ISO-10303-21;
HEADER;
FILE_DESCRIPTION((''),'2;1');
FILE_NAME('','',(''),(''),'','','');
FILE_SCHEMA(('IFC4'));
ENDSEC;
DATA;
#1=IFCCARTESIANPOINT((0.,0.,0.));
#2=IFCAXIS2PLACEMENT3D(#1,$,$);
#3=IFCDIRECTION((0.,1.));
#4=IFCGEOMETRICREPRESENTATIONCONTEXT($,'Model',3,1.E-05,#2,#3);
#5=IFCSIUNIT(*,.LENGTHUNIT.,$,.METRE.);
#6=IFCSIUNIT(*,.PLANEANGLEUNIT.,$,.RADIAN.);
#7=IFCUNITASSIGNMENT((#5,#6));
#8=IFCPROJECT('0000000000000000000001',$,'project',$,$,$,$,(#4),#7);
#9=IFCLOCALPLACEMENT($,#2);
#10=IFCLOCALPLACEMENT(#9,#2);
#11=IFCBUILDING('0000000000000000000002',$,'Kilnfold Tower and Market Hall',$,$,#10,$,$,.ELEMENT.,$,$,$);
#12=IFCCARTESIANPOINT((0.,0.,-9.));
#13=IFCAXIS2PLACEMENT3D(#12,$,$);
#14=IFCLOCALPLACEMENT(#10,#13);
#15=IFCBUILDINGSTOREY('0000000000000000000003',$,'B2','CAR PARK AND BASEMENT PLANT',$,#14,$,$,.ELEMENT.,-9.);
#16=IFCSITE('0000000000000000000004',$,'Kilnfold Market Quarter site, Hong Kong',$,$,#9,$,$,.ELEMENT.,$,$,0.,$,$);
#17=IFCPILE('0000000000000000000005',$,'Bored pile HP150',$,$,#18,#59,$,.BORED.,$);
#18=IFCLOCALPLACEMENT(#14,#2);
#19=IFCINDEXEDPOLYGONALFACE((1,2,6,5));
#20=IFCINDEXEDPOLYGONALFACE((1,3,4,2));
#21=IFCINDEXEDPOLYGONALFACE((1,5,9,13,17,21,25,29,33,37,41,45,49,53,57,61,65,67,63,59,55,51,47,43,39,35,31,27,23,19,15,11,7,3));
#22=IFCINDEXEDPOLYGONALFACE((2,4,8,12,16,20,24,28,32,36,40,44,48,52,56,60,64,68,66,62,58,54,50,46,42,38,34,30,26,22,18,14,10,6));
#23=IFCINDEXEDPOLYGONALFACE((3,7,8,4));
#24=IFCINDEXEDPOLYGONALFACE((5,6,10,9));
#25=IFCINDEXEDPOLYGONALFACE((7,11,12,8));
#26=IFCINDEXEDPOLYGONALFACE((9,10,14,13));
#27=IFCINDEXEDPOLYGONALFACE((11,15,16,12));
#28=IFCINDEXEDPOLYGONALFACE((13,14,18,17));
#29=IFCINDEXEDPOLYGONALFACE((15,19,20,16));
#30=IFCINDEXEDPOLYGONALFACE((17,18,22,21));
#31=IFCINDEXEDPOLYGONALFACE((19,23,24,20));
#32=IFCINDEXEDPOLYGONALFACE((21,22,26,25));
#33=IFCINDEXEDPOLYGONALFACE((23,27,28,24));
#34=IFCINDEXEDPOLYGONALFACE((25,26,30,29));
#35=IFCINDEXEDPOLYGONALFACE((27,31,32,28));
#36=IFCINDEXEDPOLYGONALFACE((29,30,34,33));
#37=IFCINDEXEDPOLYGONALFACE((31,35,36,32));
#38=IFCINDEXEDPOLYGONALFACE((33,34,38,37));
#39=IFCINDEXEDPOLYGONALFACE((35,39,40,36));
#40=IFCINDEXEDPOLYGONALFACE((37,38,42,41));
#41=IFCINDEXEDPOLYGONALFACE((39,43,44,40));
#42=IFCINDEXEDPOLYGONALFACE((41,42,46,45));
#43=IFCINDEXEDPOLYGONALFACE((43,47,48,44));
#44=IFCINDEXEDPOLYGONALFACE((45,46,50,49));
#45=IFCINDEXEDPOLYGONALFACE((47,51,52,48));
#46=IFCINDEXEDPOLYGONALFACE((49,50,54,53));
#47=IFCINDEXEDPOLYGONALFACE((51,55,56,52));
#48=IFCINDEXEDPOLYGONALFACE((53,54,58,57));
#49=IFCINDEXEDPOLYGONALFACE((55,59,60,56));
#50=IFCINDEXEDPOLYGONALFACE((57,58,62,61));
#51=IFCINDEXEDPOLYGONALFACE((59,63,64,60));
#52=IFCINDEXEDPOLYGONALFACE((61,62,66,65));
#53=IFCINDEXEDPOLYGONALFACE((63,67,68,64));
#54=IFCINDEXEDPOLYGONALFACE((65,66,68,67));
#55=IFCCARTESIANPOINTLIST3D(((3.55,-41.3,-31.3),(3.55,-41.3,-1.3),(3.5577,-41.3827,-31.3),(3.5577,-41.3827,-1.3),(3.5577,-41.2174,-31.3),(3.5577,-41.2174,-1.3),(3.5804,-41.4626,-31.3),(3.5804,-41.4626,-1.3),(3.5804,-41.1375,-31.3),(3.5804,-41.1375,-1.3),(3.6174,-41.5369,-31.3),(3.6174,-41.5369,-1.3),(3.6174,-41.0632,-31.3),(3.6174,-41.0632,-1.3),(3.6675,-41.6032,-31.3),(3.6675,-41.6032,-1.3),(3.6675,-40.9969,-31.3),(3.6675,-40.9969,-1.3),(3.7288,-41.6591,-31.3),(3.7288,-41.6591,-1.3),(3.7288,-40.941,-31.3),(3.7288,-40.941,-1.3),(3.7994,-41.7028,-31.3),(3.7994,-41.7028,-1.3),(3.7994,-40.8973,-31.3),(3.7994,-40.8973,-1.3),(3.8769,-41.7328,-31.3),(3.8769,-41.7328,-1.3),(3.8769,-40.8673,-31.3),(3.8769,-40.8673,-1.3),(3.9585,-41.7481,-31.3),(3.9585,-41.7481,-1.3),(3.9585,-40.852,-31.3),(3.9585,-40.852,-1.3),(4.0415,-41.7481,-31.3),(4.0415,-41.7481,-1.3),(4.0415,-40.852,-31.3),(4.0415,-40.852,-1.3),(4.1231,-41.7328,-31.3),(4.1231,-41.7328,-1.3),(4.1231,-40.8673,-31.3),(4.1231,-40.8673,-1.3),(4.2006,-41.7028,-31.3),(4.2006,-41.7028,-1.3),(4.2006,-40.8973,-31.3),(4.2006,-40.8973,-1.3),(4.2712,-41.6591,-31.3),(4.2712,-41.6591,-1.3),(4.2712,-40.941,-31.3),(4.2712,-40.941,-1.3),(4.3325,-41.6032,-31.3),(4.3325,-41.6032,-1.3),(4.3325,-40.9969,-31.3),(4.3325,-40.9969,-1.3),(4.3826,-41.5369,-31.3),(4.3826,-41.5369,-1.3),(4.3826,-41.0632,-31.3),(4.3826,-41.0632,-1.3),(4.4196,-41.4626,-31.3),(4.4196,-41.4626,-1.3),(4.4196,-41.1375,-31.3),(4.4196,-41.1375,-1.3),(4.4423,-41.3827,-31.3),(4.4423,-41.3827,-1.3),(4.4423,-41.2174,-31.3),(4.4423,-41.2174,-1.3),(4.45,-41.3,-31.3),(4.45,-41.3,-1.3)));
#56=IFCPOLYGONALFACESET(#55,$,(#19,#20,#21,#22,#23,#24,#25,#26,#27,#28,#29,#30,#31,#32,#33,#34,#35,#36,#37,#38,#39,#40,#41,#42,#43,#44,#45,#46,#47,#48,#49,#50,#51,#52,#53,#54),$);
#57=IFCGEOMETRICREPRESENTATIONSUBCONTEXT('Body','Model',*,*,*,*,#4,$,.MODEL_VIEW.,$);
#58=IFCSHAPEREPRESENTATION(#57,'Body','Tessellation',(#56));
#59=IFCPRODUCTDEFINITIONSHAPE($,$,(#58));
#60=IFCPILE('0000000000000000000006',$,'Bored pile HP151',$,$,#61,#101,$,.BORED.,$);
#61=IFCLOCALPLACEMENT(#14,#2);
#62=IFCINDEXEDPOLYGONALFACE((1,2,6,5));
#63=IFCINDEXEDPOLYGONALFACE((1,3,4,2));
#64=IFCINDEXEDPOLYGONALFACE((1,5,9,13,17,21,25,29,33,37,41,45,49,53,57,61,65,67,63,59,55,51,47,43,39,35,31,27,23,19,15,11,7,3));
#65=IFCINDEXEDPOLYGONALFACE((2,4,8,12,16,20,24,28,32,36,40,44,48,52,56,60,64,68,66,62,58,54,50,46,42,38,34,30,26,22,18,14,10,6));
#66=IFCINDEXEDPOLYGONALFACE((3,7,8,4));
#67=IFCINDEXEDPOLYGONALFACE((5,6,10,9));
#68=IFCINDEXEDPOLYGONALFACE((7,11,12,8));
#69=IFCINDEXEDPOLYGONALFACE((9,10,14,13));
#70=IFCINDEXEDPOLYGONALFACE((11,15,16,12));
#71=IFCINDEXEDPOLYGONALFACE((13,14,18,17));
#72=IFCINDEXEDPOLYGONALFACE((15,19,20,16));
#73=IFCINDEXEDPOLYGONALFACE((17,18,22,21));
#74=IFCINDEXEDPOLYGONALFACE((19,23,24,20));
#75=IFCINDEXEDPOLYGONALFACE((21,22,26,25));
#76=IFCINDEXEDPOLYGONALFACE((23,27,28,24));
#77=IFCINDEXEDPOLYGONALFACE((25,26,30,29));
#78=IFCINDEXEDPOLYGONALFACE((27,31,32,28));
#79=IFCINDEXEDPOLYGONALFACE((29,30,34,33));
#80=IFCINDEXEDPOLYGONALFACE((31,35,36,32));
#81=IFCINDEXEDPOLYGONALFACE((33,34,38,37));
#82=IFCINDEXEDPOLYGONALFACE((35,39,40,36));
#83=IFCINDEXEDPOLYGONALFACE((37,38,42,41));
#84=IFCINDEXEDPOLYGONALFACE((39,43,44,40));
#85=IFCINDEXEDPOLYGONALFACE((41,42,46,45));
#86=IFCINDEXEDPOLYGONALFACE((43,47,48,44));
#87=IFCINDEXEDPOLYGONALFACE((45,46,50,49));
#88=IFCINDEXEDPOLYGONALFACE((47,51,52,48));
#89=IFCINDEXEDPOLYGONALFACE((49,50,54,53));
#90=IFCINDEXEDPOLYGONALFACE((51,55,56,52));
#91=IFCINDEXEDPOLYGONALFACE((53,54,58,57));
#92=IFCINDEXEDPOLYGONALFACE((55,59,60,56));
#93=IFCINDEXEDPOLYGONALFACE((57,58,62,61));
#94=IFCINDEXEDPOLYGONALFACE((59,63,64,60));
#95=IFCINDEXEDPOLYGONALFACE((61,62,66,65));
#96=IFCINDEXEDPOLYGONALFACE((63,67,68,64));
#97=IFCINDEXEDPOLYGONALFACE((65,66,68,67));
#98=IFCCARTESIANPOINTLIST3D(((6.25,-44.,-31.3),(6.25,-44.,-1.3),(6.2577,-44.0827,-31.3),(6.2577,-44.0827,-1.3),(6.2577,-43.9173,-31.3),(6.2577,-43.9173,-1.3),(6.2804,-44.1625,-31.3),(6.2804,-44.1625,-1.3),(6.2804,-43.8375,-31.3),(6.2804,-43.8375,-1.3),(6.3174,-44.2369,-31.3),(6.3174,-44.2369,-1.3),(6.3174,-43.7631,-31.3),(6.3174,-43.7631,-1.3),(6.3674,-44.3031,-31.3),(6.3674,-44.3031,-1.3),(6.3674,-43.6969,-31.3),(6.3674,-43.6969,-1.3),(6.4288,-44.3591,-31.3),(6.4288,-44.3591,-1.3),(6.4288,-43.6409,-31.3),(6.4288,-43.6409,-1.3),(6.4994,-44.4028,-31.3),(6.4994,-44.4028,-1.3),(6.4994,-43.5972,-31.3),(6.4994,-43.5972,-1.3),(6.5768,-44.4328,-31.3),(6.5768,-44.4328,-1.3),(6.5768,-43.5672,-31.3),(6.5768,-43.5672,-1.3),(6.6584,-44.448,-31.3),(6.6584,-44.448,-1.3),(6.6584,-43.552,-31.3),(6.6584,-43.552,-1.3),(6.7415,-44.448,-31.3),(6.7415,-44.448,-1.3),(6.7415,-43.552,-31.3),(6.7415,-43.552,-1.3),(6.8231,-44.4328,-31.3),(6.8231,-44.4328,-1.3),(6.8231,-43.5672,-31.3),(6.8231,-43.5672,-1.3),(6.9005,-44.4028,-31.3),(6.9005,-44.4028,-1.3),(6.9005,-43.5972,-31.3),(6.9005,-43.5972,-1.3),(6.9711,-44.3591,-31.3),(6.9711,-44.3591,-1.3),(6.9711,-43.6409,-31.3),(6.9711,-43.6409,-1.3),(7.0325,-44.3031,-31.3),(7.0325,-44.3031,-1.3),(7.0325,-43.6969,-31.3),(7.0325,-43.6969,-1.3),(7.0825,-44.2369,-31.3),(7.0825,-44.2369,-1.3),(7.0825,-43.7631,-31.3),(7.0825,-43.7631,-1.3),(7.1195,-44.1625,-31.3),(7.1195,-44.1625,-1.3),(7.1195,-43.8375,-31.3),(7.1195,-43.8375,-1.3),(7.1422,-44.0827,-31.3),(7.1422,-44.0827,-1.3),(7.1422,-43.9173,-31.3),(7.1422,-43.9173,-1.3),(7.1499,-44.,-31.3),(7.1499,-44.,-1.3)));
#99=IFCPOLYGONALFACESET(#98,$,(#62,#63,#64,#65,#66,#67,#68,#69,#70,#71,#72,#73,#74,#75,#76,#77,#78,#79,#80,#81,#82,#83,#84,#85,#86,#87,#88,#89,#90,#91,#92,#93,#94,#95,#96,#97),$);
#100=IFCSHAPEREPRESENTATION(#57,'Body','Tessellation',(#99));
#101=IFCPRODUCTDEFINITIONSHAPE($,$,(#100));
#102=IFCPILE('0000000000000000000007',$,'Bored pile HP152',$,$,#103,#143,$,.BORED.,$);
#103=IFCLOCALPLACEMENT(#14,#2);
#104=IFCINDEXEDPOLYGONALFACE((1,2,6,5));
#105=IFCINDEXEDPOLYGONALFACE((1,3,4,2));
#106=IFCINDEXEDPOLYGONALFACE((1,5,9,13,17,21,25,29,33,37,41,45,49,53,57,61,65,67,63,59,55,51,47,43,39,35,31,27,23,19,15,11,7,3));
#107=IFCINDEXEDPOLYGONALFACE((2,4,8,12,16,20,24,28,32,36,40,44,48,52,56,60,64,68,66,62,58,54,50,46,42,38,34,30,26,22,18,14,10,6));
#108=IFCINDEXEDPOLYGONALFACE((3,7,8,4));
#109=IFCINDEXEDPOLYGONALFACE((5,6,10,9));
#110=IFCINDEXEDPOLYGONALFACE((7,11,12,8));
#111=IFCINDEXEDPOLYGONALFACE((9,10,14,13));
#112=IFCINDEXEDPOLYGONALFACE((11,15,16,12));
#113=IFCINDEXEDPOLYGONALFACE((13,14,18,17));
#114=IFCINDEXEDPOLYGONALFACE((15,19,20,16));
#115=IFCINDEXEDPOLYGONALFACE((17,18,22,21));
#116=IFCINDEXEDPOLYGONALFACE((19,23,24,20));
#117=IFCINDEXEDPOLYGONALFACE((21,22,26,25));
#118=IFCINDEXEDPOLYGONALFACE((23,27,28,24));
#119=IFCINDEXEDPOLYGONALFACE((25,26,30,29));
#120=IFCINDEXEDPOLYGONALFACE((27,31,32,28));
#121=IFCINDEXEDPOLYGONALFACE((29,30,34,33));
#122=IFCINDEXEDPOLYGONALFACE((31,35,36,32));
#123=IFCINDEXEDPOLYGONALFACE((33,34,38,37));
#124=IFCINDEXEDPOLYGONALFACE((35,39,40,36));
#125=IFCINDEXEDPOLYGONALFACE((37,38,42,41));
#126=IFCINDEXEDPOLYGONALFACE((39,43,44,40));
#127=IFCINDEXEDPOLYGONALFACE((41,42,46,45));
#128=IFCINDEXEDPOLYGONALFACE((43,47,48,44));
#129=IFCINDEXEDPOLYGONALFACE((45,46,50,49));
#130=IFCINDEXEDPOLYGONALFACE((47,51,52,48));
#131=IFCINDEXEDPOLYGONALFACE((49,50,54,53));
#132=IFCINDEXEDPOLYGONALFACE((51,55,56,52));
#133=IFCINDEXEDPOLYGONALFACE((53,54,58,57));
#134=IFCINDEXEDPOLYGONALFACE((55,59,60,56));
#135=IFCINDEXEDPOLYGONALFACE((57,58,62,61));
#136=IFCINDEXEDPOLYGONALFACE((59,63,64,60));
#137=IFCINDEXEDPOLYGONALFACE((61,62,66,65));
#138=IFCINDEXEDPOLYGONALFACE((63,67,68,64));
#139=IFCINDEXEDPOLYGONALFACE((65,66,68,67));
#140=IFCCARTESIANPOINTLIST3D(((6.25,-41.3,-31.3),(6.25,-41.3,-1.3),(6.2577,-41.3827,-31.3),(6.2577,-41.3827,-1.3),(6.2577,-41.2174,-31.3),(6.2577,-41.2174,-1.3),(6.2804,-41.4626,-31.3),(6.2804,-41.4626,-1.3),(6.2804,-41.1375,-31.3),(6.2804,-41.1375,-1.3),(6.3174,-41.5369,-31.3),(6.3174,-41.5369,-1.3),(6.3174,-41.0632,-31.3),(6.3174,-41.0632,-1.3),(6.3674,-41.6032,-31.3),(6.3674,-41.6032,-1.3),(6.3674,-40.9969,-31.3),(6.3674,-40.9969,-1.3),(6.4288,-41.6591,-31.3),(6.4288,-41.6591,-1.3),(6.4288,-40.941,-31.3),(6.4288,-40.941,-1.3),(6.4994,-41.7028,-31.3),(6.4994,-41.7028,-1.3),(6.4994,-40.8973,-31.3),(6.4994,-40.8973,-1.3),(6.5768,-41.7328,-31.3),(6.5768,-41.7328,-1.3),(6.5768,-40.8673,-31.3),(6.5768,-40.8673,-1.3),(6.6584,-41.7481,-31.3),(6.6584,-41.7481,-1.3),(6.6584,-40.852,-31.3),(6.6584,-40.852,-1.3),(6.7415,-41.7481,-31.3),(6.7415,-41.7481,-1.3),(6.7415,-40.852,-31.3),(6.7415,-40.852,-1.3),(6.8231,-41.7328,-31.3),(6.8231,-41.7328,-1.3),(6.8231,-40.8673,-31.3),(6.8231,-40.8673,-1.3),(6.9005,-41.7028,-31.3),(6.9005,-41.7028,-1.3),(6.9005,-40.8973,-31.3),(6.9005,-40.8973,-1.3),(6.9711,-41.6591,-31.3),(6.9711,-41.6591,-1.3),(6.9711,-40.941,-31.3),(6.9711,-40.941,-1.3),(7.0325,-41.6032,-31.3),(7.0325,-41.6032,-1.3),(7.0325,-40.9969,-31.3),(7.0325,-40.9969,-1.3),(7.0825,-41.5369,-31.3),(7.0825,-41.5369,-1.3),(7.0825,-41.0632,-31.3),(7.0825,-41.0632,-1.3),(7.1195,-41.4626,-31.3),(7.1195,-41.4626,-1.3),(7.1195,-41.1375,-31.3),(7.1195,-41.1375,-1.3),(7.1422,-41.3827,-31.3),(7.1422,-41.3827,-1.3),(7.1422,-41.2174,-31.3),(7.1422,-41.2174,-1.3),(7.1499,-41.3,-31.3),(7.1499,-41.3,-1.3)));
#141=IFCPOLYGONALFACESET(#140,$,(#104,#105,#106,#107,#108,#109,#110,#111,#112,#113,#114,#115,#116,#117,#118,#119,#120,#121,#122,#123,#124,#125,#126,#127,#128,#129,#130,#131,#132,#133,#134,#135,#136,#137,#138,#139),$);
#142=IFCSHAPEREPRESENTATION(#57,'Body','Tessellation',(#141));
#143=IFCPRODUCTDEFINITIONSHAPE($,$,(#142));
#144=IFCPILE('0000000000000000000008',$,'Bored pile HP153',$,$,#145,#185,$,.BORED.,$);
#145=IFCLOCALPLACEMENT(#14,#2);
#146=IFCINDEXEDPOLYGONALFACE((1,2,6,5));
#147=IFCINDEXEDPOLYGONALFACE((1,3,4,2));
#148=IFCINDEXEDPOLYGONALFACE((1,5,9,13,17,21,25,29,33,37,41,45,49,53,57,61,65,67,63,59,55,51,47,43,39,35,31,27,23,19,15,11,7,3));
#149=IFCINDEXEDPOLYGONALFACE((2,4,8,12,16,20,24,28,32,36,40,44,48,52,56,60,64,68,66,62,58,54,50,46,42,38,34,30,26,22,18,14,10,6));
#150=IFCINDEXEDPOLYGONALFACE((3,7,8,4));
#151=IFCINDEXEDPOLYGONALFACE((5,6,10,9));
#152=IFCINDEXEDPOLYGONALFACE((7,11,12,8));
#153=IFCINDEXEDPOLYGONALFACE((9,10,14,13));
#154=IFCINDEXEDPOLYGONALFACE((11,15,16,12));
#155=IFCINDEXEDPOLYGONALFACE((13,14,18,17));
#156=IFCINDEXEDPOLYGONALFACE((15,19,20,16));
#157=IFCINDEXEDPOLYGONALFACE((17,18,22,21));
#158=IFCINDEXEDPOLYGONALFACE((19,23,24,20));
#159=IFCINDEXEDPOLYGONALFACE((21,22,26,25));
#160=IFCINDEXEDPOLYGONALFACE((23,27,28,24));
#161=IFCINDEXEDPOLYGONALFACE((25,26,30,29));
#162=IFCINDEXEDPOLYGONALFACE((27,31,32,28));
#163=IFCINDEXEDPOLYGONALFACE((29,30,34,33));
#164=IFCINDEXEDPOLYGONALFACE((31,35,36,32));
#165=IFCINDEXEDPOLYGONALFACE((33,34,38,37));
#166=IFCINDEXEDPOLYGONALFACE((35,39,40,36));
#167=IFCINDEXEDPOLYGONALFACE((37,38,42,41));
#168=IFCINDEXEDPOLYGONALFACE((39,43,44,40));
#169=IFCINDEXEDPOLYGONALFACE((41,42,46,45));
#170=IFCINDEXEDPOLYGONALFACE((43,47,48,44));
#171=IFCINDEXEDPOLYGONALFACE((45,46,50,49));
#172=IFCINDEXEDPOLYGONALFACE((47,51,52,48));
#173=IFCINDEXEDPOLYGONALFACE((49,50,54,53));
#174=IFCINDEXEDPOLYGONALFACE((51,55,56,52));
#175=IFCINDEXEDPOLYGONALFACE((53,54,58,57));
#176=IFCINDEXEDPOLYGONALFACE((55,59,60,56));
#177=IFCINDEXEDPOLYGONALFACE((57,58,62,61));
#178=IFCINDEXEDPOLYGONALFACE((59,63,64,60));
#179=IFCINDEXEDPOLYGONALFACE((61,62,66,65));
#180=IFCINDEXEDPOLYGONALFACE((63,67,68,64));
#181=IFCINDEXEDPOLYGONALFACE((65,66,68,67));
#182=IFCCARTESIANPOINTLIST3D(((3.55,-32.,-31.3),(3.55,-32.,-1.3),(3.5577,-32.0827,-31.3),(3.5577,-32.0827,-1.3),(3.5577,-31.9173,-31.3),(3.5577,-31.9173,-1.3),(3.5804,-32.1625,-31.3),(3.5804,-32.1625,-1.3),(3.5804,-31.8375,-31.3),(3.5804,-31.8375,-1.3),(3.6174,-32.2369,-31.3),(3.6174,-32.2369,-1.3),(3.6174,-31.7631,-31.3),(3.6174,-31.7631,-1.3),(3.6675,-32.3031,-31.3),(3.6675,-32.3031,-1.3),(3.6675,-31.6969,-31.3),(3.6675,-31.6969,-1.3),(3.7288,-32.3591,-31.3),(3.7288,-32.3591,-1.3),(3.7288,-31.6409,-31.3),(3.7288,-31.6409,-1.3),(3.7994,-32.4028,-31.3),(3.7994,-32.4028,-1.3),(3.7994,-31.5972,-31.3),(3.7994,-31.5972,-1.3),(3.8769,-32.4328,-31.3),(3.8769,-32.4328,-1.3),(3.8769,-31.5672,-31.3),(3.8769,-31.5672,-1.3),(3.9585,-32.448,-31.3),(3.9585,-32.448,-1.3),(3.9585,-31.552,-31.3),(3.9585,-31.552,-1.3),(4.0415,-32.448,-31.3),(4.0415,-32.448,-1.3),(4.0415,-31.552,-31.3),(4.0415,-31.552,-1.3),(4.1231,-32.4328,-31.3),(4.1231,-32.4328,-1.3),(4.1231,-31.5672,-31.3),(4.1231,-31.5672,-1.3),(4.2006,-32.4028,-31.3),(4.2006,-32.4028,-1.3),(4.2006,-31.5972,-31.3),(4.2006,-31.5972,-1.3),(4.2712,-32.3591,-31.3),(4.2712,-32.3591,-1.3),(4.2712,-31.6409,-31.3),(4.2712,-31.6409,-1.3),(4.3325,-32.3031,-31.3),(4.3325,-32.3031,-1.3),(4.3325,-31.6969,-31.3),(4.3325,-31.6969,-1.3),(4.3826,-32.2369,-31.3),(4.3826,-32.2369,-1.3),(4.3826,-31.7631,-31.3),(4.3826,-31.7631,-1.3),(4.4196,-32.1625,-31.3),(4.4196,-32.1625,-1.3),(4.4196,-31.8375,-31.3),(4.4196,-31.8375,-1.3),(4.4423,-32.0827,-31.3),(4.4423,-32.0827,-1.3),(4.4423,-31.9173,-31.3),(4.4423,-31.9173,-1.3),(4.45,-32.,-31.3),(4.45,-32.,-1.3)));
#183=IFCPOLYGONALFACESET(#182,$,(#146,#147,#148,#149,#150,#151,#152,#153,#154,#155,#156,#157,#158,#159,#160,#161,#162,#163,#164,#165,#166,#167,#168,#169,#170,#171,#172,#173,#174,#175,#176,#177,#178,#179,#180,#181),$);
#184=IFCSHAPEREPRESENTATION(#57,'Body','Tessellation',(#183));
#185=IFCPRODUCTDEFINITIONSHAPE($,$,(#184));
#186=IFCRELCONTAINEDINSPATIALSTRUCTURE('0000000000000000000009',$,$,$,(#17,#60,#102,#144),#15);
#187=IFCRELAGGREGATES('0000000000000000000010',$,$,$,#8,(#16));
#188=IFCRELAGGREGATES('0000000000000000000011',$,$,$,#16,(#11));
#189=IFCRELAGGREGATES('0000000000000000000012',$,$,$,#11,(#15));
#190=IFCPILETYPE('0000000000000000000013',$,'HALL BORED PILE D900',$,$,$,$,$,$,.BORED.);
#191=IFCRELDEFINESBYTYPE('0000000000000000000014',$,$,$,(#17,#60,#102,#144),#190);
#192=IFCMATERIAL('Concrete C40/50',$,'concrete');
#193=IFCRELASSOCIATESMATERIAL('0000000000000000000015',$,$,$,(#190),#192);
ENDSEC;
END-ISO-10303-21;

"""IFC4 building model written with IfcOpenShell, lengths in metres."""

from ifc_helpers import new_model, si_unit, direction, frame, origin, origin_2d, place, context, subcontext, project, spatial, circle, extrude, source, transform, mapped, material, material_profile, profile_set, type_object, element, save


model = new_model("IFC4")

# Units and contexts
model_context = context("Model", 3, precision=1e-05, world=origin(), true_north=direction((0.0, 1.0)))
body_context = subcontext(model_context, "Body", "Model", "MODEL_VIEW")
ifc_project = project(units=[si_unit("LENGTHUNIT", "METRE"), si_unit("PLANEANGLEUNIT", "RADIAN")], contexts=[model_context])

# Site, building, storey
site_placement = place(None, origin())
site = spatial("IfcSite", under=ifc_project, at=site_placement, Name="Kilnfold Market Quarter site, Hong Kong", CompositionType="ELEMENT", RefElevation=0.0)
building_placement = place(site_placement, origin())
building = spatial("IfcBuilding", under=site, at=building_placement, Name="Kilnfold Tower and Market Hall", CompositionType="ELEMENT")
storey_placement = place(building_placement, frame((0.0, 0.0, -9.0)))
storey = spatial("IfcBuildingStorey", under=building, at=storey_placement, Name="B2", Description="CAR PARK AND BASEMENT PLANT", CompositionType="ELEMENT", Elevation=-9.0)

# Piles
ifc_material_1 = material(Name="Concrete C40/50", Category="concrete")
ifc_material_profile_1 = material_profile(ifc_material_1, circle(Radius=0.45, at=origin_2d()), Name="D900")
ifc_profile_set_1 = profile_set([ifc_material_profile_1], Name="Concrete C40/50")
pile_type_1 = type_object("IfcPileType", Name="HALL BORED PILE D900", PredefinedType="BORED", material=ifc_profile_set_1)
shared_shape_1 = source(origin(), body_context, "Body", "SweptSolid", [
    extrude(circle(Radius=0.45, at=origin_2d()), origin(), (0.0, 0.0, 1.0), 30.0),
])
for number, where, z_axis, x_axis, name in (
    (1, (4.0, -41.3, -1.3), (0.0, 0.0, -1.0), (1.0, 0.0, 0.0), "Bored pile HP150"),
    (2, (6.7, -44.0, -1.3), (0.0, 0.0, -1.0), (1.0, 0.0, 0.0), "Bored pile HP151"),
    (3, (6.7, -41.3, -1.3), (0.0, 0.0, -1.0), (1.0, 0.0, 0.0), "Bored pile HP152"),
    (4, (4.0, -32.0, -1.3), (0.0, 0.0, -1.0), (1.0, 0.0, 0.0), "Bored pile HP153"),
):
    element("IfcPile", number, at=place(storey_placement, frame(where, z_axis=z_axis, x_axis=x_axis)), inside=storey, type_object=pile_type_1, Name=name, PredefinedType="BORED", context=body_context, shape_type="MappedRepresentation", body=[
        mapped(shared_shape_1, transform((0.0, 0.0, 0.0))),
    ])

save(model, "model.ifc")
